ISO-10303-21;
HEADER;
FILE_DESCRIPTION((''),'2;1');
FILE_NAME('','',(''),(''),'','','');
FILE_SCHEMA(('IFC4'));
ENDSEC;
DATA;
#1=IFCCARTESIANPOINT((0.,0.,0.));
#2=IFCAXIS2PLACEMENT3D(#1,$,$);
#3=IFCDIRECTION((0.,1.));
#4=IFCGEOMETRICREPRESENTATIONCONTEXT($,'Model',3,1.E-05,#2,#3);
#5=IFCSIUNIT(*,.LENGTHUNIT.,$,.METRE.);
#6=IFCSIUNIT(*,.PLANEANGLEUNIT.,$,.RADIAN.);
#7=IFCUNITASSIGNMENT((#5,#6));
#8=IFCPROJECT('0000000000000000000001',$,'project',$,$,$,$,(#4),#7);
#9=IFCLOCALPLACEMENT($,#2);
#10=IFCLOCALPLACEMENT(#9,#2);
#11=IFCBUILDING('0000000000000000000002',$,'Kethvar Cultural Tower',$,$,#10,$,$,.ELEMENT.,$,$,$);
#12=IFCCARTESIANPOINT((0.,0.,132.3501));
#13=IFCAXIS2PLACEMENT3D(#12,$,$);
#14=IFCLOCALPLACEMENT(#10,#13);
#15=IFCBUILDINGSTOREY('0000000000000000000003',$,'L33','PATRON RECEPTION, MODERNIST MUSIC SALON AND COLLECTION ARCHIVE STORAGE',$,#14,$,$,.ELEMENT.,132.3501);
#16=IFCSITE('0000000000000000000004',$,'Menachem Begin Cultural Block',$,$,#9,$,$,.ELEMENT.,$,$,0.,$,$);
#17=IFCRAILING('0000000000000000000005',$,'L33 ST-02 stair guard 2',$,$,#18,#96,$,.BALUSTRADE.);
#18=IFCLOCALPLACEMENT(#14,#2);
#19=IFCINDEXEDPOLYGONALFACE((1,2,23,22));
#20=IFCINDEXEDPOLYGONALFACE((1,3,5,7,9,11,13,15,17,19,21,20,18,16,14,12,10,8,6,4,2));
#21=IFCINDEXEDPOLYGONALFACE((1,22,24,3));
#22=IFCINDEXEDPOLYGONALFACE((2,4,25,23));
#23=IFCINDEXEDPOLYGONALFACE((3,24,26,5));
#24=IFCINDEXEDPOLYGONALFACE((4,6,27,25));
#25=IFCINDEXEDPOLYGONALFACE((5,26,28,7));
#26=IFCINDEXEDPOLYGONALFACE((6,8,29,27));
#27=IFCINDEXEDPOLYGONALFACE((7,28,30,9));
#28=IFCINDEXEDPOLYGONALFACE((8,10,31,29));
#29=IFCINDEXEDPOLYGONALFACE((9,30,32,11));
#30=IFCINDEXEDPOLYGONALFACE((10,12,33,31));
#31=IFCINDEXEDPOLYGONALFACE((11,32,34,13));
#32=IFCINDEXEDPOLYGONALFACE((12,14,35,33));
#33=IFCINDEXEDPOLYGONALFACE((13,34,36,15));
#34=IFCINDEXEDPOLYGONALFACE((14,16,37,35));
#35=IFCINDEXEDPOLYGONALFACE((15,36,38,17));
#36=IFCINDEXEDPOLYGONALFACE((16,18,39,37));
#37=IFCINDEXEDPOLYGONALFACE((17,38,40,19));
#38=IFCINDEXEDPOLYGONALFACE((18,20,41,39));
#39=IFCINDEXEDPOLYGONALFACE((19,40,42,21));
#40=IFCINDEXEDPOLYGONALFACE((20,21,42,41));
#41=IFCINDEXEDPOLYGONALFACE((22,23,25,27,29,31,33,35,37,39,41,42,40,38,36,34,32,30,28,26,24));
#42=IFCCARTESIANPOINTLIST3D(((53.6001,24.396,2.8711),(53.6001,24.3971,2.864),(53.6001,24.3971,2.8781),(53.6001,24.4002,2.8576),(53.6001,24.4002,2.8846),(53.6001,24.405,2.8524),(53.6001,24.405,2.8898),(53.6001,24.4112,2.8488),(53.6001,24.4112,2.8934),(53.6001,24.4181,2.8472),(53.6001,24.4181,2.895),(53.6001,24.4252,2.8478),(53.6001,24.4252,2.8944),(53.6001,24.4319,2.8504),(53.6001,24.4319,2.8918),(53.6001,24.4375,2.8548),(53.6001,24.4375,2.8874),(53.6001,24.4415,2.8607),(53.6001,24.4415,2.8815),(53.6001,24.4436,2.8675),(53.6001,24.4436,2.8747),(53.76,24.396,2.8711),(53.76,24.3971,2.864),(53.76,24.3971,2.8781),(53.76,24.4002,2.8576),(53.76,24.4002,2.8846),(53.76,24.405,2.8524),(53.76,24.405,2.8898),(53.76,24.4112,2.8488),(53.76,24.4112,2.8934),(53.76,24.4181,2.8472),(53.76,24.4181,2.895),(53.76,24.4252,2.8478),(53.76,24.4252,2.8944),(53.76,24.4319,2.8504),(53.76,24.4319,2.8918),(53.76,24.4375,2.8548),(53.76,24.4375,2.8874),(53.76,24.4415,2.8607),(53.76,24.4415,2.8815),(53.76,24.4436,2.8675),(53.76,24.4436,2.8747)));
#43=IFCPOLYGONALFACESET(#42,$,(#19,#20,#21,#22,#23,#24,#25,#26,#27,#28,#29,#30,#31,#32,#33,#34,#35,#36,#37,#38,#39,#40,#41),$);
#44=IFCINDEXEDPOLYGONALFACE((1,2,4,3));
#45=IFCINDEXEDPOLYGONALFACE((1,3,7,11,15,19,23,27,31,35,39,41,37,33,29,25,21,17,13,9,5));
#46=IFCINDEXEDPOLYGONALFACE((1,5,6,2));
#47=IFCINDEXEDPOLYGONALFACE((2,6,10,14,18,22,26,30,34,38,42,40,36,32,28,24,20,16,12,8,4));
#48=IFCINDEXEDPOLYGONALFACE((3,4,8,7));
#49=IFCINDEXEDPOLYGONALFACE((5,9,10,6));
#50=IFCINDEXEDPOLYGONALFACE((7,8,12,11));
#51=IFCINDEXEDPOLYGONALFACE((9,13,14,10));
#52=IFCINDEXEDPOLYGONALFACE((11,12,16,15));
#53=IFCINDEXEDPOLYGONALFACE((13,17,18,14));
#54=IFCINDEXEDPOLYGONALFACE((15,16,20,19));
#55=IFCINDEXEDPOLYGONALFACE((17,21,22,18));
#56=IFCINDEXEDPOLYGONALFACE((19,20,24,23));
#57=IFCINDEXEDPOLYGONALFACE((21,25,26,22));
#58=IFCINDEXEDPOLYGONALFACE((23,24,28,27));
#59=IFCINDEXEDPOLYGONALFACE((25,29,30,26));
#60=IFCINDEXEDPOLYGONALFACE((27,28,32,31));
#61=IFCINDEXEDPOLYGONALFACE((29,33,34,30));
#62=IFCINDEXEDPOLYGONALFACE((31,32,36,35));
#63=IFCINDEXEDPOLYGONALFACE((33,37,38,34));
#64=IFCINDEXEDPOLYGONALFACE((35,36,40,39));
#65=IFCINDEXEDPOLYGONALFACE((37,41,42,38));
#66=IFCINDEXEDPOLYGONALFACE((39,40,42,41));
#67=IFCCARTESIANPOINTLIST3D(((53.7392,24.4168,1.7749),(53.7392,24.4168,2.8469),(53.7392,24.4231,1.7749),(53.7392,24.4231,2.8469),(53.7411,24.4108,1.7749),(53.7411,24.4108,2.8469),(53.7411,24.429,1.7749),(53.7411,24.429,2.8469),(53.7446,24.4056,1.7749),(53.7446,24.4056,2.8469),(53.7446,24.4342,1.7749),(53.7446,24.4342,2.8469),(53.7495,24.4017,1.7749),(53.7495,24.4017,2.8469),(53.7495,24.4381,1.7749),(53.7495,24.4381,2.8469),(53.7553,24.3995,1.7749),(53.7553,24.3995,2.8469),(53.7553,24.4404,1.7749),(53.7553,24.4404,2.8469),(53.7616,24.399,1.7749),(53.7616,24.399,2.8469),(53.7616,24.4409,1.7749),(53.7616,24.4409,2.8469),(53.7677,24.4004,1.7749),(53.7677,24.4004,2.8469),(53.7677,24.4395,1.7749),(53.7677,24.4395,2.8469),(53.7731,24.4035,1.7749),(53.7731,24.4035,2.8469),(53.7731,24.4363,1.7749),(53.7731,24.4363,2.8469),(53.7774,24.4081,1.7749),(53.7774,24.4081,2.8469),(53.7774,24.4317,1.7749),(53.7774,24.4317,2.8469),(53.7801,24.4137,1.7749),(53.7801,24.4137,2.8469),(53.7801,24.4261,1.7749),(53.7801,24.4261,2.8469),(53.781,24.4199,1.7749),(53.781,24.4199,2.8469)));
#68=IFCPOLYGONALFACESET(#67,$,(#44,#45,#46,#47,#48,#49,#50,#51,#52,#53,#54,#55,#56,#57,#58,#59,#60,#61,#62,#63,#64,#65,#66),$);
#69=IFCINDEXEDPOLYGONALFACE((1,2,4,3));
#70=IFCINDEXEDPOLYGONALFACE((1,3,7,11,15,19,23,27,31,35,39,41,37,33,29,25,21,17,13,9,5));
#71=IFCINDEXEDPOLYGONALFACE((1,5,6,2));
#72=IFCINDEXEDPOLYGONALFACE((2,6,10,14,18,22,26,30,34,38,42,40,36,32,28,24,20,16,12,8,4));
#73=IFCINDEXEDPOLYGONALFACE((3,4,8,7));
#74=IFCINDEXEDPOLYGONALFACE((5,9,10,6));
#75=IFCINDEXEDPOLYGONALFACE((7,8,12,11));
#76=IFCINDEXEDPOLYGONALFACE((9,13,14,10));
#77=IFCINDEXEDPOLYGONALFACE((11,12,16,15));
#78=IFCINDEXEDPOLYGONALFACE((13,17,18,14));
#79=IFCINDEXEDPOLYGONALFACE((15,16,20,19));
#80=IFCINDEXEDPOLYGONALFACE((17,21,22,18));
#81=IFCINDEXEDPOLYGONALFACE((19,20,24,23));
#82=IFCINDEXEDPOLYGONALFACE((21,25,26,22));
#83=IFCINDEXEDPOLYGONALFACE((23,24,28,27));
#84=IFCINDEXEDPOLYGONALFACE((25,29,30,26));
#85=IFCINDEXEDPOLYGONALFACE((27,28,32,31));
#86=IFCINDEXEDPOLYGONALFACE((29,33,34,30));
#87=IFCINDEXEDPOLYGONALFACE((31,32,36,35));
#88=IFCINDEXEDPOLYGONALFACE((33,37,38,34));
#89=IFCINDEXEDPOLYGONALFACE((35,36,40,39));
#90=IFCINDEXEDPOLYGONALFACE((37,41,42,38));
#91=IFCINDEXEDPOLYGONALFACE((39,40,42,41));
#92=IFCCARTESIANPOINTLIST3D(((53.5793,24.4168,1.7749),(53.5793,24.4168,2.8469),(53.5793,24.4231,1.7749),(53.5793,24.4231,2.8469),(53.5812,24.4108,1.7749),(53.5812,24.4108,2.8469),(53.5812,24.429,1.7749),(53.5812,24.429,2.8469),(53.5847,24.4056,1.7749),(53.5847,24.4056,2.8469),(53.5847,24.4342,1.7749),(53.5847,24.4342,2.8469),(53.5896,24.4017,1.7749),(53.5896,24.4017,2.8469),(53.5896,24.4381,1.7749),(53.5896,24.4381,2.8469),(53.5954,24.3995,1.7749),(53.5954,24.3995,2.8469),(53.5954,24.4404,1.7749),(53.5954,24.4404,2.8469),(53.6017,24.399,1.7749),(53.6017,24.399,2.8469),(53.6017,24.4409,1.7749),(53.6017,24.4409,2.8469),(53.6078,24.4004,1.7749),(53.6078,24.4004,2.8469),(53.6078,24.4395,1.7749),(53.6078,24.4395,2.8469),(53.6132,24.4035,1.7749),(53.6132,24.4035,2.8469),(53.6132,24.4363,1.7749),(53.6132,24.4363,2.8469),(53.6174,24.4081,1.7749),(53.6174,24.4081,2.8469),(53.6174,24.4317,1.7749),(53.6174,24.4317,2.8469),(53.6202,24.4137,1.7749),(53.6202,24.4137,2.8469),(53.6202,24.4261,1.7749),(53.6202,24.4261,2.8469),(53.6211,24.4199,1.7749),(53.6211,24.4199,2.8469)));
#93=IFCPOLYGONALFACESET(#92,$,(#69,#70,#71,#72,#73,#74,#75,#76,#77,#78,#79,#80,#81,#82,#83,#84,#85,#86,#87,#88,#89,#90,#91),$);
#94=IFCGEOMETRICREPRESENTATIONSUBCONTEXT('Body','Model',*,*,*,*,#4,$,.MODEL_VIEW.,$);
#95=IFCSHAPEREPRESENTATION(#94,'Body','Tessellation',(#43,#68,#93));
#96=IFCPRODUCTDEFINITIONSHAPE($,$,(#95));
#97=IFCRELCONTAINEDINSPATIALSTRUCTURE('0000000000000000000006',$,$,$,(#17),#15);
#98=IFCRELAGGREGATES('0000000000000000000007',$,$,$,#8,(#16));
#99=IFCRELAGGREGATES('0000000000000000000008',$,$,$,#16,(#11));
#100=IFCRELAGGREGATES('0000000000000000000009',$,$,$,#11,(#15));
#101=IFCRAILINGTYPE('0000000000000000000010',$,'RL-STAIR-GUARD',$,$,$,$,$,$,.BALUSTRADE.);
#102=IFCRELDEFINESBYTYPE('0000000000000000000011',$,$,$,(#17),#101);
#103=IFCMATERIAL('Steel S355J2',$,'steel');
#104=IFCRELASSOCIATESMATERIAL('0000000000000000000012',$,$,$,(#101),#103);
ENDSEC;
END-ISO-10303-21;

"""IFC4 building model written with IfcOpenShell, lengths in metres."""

from ifc_helpers import new_model, si_unit, direction, frame, origin, origin_2d, place, context, subcontext, project, spatial, circle, extrude, material, type_object, element, save


model = new_model("IFC4")

# Units and contexts
model_context = context("Model", 3, precision=1e-05, world=origin(), true_north=direction((0.0, 1.0)))
body_context = subcontext(model_context, "Body", "Model", "MODEL_VIEW")
ifc_project = project(units=[si_unit("LENGTHUNIT", "METRE"), si_unit("PLANEANGLEUNIT", "RADIAN")], contexts=[model_context])

# Site, building, storey
site_placement = place(None, origin())
site = spatial("IfcSite", under=ifc_project, at=site_placement, Name="Menachem Begin Cultural Block", CompositionType="ELEMENT", RefElevation=0.0)
building_placement = place(site_placement, origin())
building = spatial("IfcBuilding", under=site, at=building_placement, Name="Kethvar Cultural Tower", CompositionType="ELEMENT")
storey_placement = place(building_placement, frame((0.0, 0.0, 132.3501)))
storey = spatial("IfcBuildingStorey", under=building, at=storey_placement, Name="L33", Description="PATRON RECEPTION, MODERNIST MUSIC SALON AND COLLECTION ARCHIVE STORAGE", CompositionType="ELEMENT", Elevation=132.3501)

# Shared definitions
ifc_material_1 = material(Name="Steel S355J2", Category="steel")

# Railing
railing_type_1 = type_object("IfcRailingType", Name="RL-STAIR-GUARD", PredefinedType="BALUSTRADE", material=ifc_material_1)
railing_1_placement = place(storey_placement, frame((53.76, 24.4199, 1.7749)))
element("IfcRailing", 1, at=railing_1_placement, inside=storey, type_object=railing_type_1, Name="L33 ST-02 stair guard 2", PredefinedType="BALUSTRADE", context=body_context, shape_type="SweptSolid", body=[
    extrude(circle(Radius=0.0239, at=origin_2d()), frame((0.0, 0.0, 1.0962), z_axis=(-1.0, 0.0, 0.0), x_axis=(0.0, -1.0, 0.0)), (0.0, 0.0, 1.0), 0.1599),
    extrude(circle(Radius=0.021, at=origin_2d()), origin(), (0.0, 0.0, 1.0), 1.072),
    extrude(circle(Radius=0.021, at=origin_2d()), frame((-0.1599, 0.0, 0.0)), (0.0, 0.0, 1.0), 1.072),
])

save(model, "model.ifc")
